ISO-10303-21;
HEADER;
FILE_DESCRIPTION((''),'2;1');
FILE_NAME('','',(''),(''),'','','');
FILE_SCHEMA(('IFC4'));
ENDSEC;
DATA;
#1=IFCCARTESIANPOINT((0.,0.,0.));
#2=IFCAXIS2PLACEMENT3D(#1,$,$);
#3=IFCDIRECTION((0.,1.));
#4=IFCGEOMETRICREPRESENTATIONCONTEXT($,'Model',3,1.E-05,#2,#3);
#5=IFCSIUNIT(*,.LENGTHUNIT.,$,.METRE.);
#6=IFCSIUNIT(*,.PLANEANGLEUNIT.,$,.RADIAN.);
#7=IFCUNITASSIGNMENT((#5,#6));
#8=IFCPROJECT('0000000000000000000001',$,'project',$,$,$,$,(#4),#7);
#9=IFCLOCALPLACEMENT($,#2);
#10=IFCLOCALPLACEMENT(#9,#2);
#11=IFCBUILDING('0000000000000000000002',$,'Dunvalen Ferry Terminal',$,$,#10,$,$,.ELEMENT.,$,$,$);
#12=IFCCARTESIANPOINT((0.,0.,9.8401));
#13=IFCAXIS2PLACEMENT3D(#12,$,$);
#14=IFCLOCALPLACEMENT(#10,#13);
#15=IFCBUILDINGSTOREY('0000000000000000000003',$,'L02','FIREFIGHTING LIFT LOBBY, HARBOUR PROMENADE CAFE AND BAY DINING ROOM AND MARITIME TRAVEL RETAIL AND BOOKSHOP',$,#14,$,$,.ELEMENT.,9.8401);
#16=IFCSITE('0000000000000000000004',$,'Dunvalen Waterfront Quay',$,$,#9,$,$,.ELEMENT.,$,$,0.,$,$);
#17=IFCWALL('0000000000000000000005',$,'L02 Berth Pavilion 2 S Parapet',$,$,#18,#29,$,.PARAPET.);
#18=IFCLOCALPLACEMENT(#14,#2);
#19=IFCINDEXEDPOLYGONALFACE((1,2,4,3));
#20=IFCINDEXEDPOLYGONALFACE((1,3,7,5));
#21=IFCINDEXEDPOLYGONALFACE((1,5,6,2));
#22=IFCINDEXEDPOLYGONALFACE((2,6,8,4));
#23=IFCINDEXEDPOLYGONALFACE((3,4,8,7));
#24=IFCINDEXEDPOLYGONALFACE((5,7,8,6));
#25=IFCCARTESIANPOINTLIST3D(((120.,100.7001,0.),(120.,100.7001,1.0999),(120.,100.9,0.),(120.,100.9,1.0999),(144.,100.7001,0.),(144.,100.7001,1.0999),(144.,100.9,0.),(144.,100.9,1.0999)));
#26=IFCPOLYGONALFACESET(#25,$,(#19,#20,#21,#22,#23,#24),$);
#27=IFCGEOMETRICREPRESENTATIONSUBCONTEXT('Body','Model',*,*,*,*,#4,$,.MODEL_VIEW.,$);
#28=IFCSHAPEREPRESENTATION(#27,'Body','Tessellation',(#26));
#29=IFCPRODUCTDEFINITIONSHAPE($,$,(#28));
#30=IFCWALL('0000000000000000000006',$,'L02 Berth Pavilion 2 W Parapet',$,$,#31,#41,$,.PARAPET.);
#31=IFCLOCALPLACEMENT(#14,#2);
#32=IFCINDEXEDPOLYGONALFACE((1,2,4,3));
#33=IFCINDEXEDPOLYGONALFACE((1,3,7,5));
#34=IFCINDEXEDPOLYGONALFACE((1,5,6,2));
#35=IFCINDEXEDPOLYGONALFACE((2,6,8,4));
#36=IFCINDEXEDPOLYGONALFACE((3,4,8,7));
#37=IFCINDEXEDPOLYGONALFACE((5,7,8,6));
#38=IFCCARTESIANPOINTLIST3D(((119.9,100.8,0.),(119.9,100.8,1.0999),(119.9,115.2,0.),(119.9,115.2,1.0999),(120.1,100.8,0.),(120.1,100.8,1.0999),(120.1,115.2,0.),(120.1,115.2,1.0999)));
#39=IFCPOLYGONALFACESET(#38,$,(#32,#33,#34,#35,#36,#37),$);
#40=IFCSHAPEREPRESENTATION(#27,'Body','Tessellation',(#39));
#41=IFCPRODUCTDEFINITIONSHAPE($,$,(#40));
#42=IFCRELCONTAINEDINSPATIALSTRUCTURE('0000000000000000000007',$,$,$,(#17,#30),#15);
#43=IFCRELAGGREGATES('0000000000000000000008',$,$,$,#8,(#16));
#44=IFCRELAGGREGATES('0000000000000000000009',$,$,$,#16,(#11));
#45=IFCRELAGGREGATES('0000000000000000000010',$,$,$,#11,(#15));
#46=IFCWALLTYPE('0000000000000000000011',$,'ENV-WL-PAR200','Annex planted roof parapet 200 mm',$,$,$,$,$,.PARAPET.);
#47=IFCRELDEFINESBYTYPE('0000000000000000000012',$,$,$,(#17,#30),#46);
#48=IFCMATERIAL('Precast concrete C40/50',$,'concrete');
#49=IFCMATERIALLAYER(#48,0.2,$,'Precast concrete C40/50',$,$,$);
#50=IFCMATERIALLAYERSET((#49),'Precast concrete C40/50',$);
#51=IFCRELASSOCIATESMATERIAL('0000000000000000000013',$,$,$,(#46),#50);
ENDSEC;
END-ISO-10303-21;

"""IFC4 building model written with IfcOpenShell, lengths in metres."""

from ifc_helpers import new_model, si_unit, direction, frame, frame_2d, origin, place, context, subcontext, project, spatial, rectangle, extrude, material, layer, layer_set, type_object, element, save


model = new_model("IFC4")

# Units and contexts
model_context = context("Model", 3, precision=1e-05, world=origin(), true_north=direction((0.0, 1.0)))
body_context = subcontext(model_context, "Body", "Model", "MODEL_VIEW")
ifc_project = project(units=[si_unit("LENGTHUNIT", "METRE"), si_unit("PLANEANGLEUNIT", "RADIAN")], contexts=[model_context])

# Site, building, storey
site_placement = place(None, origin())
site = spatial("IfcSite", under=ifc_project, at=site_placement, Name="Dunvalen Waterfront Quay", CompositionType="ELEMENT", RefElevation=0.0)
building_placement = place(site_placement, origin())
building = spatial("IfcBuilding", under=site, at=building_placement, Name="Dunvalen Ferry Terminal", CompositionType="ELEMENT")
storey_placement = place(building_placement, frame((0.0, 0.0, 9.8401)))
storey = spatial("IfcBuildingStorey", under=building, at=storey_placement, Name="L02", Description="FIREFIGHTING LIFT LOBBY, HARBOUR PROMENADE CAFE AND BAY DINING ROOM AND MARITIME TRAVEL RETAIL AND BOOKSHOP", CompositionType="ELEMENT", Elevation=9.8401)

# Walls
ifc_material_1 = material(Name="Precast concrete C40/50", Category="concrete")
ifc_layer = layer(ifc_material_1, 0.2, Name="Precast concrete C40/50")
ifc_layer_set = layer_set([ifc_layer], Name="Precast concrete C40/50")
wall_type = type_object("IfcWallType", Name="ENV-WL-PAR200", Description="Annex planted roof parapet 200 mm", PredefinedType="PARAPET", material=ifc_layer_set)
wall_1_placement = place(storey_placement, frame((120.0, 100.8, 0.0), z_axis=(0.0, 0.0, 1.0), x_axis=(1.0, 0.0, 0.0)))
element("IfcWall", 1, at=wall_1_placement, inside=storey, type_object=wall_type, Name="L02 Berth Pavilion 2 S Parapet", PredefinedType="PARAPET", context=body_context, shape_type="SweptSolid", body=[
    extrude(rectangle(XDim=24.0, YDim=0.2, at=frame_2d((12.0, 0.0))), origin(), (0.0, 0.0, 1.0), 1.0999),
])
wall_2_placement = place(storey_placement, frame((120.0, 115.2, 0.0), z_axis=(0.0, 0.0, 1.0), x_axis=(0.0, -1.0, 0.0)))
element("IfcWall", 2, at=wall_2_placement, inside=storey, type_object=wall_type, Name="L02 Berth Pavilion 2 W Parapet", PredefinedType="PARAPET", context=body_context, shape_type="SweptSolid", body=[
    extrude(rectangle(XDim=14.3999, YDim=0.2, at=frame_2d((7.2, 0.0))), origin(), (0.0, 0.0, 1.0), 1.0999),
])

save(model, "model.ifc")
